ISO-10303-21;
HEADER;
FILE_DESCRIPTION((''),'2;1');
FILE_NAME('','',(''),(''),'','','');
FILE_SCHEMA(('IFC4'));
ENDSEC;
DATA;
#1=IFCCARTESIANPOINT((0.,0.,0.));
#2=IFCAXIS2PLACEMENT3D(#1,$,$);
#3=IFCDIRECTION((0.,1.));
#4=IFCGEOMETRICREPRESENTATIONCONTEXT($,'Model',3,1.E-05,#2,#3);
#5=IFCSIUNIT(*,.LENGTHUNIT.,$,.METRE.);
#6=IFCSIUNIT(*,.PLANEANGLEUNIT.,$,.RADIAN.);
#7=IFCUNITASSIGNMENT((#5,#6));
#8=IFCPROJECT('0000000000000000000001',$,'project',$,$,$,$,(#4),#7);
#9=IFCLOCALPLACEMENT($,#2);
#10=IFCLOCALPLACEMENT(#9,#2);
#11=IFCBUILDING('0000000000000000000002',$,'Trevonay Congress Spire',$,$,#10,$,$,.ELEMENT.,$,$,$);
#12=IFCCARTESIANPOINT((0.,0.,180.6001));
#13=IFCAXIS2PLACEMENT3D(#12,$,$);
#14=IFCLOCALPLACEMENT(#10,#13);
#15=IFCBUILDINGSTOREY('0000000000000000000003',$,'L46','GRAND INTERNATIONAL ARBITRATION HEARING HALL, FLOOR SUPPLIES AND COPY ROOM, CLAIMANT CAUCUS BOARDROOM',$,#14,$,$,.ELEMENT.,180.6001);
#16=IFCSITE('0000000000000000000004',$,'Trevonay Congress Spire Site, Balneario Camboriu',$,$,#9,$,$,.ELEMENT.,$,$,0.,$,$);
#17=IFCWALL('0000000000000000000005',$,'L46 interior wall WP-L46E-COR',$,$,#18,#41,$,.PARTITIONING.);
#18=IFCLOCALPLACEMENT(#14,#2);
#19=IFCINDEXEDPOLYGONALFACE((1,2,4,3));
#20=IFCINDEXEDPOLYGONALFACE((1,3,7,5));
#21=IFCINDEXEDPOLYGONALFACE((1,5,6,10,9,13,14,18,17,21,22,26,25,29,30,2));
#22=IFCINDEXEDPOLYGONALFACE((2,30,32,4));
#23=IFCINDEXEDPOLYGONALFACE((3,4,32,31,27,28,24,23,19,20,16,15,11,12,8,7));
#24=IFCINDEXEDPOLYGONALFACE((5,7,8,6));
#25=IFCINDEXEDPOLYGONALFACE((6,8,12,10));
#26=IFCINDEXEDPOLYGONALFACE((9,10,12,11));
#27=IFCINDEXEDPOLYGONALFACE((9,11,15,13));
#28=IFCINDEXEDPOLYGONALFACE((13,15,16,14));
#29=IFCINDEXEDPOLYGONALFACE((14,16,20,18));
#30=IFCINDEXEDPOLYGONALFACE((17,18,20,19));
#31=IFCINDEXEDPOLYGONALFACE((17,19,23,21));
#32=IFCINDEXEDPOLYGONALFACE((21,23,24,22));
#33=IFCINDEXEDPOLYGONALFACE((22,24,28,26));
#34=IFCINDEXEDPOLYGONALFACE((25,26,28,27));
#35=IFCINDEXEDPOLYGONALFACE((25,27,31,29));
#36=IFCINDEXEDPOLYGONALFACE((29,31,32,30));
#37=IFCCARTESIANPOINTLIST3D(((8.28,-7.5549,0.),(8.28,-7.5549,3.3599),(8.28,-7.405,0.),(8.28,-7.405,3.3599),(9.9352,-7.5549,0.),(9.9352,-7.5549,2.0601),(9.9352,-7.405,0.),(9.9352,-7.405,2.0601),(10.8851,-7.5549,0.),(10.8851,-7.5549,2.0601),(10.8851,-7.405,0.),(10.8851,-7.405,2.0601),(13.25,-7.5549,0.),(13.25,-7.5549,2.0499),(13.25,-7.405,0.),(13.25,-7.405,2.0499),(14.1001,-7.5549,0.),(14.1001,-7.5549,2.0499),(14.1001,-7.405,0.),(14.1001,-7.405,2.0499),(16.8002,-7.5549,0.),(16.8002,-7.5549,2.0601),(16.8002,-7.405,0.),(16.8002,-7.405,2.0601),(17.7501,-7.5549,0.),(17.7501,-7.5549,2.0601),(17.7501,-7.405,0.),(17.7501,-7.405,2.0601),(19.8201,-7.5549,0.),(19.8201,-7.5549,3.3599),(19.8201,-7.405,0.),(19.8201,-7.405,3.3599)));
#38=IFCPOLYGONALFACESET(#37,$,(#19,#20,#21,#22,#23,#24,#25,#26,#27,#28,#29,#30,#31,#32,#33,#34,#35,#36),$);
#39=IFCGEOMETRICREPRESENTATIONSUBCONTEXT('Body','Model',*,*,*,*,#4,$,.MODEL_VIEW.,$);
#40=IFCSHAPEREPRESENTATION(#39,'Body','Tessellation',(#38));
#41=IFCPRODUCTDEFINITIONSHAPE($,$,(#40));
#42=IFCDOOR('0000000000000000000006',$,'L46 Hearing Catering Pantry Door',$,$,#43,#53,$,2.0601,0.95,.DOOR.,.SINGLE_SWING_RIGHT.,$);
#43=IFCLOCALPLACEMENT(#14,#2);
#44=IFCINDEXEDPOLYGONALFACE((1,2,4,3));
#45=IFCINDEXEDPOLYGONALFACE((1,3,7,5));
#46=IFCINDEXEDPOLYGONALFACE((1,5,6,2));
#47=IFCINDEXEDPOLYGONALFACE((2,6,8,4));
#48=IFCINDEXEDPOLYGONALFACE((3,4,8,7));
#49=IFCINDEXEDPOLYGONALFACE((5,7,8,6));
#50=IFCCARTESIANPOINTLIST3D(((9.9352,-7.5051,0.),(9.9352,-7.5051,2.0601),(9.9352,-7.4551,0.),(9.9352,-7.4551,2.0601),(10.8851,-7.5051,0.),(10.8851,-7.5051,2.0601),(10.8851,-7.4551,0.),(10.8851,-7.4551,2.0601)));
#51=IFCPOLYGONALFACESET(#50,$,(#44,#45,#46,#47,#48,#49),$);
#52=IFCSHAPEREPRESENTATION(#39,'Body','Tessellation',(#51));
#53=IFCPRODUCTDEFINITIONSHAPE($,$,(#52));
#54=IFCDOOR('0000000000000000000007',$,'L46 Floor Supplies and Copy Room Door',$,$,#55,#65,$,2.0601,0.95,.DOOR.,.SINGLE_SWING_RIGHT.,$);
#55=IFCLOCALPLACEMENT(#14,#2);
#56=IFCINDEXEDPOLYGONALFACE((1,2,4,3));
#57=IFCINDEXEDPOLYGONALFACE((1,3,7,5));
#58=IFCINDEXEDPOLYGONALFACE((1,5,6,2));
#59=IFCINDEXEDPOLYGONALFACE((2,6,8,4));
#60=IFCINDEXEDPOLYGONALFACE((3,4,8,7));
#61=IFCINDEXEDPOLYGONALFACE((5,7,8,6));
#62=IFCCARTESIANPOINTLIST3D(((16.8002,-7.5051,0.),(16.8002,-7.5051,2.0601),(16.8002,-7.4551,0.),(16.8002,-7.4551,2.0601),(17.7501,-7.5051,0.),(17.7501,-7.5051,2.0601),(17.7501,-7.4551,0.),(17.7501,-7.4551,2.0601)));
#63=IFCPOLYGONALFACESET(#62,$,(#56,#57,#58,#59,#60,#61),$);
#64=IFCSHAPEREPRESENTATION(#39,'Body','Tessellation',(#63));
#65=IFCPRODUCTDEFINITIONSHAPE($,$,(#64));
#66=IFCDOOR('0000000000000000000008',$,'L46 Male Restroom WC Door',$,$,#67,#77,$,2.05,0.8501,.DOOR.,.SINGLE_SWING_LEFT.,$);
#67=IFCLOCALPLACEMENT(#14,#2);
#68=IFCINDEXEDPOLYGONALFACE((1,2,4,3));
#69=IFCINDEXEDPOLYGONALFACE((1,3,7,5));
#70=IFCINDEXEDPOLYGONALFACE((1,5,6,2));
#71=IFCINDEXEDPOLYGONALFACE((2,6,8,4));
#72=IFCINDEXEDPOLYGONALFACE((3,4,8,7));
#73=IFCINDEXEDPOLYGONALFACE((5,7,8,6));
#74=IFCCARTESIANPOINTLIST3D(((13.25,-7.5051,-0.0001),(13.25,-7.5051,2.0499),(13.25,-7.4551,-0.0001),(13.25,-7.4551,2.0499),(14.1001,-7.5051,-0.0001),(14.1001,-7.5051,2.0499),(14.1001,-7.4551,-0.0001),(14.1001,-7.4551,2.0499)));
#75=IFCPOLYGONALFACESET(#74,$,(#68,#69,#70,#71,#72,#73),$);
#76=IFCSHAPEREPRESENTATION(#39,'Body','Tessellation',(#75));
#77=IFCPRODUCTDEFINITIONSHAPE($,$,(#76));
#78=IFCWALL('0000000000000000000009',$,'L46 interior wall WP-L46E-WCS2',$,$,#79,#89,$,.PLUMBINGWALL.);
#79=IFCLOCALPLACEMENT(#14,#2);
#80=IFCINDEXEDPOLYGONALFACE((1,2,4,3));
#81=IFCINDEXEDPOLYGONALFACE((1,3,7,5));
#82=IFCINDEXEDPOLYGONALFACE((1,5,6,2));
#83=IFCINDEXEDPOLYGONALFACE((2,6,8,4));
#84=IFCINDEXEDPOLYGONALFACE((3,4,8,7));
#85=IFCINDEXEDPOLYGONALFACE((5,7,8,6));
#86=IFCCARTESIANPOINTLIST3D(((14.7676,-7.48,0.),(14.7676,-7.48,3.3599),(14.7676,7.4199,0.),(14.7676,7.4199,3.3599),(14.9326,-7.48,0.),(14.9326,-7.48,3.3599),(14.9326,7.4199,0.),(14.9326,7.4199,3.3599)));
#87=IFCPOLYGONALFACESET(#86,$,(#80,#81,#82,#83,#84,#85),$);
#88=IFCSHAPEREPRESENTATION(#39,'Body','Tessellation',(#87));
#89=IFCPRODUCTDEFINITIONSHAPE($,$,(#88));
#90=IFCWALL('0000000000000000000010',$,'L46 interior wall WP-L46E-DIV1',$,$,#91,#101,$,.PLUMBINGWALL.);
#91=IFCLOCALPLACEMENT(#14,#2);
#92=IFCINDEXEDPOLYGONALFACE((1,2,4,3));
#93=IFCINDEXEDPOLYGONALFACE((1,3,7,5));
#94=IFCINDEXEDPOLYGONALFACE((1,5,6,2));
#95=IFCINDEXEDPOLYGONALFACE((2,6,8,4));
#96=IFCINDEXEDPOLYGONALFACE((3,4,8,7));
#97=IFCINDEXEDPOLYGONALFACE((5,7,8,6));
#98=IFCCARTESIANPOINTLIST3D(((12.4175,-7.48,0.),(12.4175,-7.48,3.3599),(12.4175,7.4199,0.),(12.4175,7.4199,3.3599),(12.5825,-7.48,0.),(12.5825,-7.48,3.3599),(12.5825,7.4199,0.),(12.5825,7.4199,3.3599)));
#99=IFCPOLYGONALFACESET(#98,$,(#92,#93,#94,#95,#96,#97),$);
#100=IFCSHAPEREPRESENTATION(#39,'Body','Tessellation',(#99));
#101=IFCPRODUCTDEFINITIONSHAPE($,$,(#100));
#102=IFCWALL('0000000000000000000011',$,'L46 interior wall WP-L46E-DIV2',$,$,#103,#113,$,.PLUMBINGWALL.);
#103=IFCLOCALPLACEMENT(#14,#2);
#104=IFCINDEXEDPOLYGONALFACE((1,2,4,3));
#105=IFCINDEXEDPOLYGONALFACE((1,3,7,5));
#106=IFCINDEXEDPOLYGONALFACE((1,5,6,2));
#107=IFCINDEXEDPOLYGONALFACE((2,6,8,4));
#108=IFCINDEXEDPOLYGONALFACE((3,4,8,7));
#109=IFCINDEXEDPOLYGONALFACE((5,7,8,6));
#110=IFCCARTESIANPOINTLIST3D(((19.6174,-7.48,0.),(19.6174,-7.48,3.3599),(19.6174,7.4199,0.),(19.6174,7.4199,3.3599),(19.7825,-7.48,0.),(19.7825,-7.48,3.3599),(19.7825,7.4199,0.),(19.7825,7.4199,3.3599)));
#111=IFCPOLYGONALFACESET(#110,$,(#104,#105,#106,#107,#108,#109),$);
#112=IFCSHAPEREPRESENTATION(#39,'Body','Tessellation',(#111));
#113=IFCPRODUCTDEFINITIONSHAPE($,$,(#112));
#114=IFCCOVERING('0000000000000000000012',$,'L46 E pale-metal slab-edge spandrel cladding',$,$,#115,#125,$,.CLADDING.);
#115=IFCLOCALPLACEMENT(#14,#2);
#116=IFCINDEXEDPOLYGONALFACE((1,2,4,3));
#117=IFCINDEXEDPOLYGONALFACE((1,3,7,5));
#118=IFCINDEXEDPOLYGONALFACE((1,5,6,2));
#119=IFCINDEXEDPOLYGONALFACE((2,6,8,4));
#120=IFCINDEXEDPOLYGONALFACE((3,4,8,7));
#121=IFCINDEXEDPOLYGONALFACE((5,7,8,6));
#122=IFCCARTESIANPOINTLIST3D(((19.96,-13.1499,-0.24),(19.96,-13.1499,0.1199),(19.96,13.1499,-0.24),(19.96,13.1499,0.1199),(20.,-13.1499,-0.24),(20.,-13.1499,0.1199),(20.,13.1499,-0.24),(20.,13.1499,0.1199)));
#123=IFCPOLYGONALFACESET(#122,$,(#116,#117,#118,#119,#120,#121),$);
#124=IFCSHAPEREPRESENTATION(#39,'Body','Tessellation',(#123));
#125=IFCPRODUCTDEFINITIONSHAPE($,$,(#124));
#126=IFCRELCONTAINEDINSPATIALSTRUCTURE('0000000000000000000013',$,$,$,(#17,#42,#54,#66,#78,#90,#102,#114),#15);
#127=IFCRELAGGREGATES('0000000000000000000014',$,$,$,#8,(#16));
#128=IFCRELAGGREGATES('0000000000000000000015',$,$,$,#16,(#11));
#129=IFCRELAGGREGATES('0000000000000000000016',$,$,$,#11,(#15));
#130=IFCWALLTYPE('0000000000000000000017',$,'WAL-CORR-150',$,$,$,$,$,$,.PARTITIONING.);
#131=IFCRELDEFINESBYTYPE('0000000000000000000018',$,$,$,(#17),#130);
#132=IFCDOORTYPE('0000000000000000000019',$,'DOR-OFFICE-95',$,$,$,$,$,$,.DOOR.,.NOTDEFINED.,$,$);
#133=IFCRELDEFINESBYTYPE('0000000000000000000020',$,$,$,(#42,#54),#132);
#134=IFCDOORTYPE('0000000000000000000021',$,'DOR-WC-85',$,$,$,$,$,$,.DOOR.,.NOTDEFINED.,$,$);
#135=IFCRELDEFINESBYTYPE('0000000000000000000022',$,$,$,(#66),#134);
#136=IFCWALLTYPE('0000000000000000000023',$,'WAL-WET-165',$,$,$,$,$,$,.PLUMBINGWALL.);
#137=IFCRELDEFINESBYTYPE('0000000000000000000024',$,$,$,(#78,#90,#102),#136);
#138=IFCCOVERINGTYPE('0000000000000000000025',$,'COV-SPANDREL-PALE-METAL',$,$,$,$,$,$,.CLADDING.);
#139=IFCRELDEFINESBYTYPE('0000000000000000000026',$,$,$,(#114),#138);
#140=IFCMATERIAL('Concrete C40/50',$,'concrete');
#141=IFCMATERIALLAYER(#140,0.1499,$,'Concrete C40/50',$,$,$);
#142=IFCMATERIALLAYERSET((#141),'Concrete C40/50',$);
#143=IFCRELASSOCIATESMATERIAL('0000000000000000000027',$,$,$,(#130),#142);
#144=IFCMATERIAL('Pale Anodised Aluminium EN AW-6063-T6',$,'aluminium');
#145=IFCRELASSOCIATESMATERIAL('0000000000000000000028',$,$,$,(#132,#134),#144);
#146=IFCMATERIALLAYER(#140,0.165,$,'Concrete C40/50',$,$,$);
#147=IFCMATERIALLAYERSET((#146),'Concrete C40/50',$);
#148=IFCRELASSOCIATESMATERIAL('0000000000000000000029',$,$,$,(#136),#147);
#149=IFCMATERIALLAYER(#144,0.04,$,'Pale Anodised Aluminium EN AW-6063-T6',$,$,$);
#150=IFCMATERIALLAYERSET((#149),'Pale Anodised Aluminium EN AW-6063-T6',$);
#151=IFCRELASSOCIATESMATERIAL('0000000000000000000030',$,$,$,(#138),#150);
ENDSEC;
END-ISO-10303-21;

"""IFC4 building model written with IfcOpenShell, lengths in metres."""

from ifc_helpers import new_model, si_unit, direction, frame, frame_2d, origin, place, context, subcontext, project, spatial, rectangle, extrude, material, layer, layer_set, type_object, element, fill, save


model = new_model("IFC4")

# Units and contexts
model_context = context("Model", 3, precision=1e-05, world=origin(), true_north=direction((0.0, 1.0)))
body_context = subcontext(model_context, "Body", "Model", "MODEL_VIEW")
ifc_project = project(units=[si_unit("LENGTHUNIT", "METRE"), si_unit("PLANEANGLEUNIT", "RADIAN")], contexts=[model_context])

# Site, building, storey
site_placement = place(None, origin())
site = spatial("IfcSite", under=ifc_project, at=site_placement, Name="Trevonay Congress Spire Site, Balneario Camboriu", CompositionType="ELEMENT", RefElevation=0.0)
building_placement = place(site_placement, origin())
building = spatial("IfcBuilding", under=site, at=building_placement, Name="Trevonay Congress Spire", CompositionType="ELEMENT")
storey_placement = place(building_placement, frame((0.0, 0.0, 180.6001)))
storey = spatial("IfcBuildingStorey", under=building, at=storey_placement, Name="L46", Description="GRAND INTERNATIONAL ARBITRATION HEARING HALL, FLOOR SUPPLIES AND COPY ROOM, CLAIMANT CAUCUS BOARDROOM", CompositionType="ELEMENT", Elevation=180.6001)

# Shared definitions
ifc_material_1 = material(Name="Pale Anodised Aluminium EN AW-6063-T6", Category="aluminium")

# Wall, openings, doors
ifc_material_2 = material(Name="Concrete C40/50", Category="concrete")
ifc_layer_1 = layer(ifc_material_2, 0.1499, Name="Concrete C40/50")
ifc_layer_set_1 = layer_set([ifc_layer_1], Name="Concrete C40/50")
wall_type_1 = type_object("IfcWallType", Name="WAL-CORR-150", PredefinedType="PARTITIONING", material=ifc_layer_set_1)
wall_placement = place(storey_placement, frame((8.28, -7.48, 0.0), z_axis=(0.0, 0.0, 1.0), x_axis=(1.0, 0.0, 0.0)))
wall = element("IfcWall", 1, at=wall_placement, inside=storey, type_object=wall_type_1, Name="L46 interior wall WP-L46E-COR", PredefinedType="PARTITIONING", context=body_context, shape_type="SweptSolid", body=[
    extrude(rectangle(XDim=11.54, YDim=0.1499, at=frame_2d((5.77, 0.0))), origin(), (0.0, 0.0, 1.0), 3.3599),
])
opening_1_placement = place(wall_placement, frame((1.655, 0.0, 0.0)))
opening_1 = element("IfcOpeningElement", 2, at=opening_1_placement, cuts=wall, PredefinedType="OPENING", context=body_context, shape_type="SweptSolid", body=[
    extrude(rectangle(XDim=0.95, YDim=2.0601, at=frame_2d((0.4751, 1.03))), frame((0.0, 0.085, 0.0), z_axis=(0.0, -1.0, 0.0), x_axis=(1.0, 0.0, 0.0)), (0.0, 0.0, 1.0), 0.1699),
])
opening_2_placement = place(wall_placement, frame((4.97, 0.0, 0.0)))
opening_2 = element("IfcOpeningElement", 3, at=opening_2_placement, cuts=wall, PredefinedType="OPENING", context=body_context, shape_type="SweptSolid", body=[
    extrude(rectangle(XDim=0.8501, YDim=2.05, at=frame_2d((0.425, 1.0249))), frame((0.0, 0.085, 0.0), z_axis=(0.0, -1.0, 0.0), x_axis=(1.0, 0.0, 0.0)), (0.0, 0.0, 1.0), 0.1699),
])
opening_3_placement = place(wall_placement, frame((8.52, 0.0, 0.0)))
opening_3 = element("IfcOpeningElement", 4, at=opening_3_placement, cuts=wall, PredefinedType="OPENING", context=body_context, shape_type="SweptSolid", body=[
    extrude(rectangle(XDim=0.95, YDim=2.0601, at=frame_2d((0.4751, 1.03))), frame((0.0, 0.085, 0.0), z_axis=(0.0, -1.0, 0.0), x_axis=(1.0, 0.0, 0.0)), (0.0, 0.0, 1.0), 0.1699),
])
door_type_1 = type_object("IfcDoorType", Name="DOR-OFFICE-95", OperationType="NOTDEFINED", PredefinedType="DOOR", material=ifc_material_1)
door_1_placement = place(opening_1_placement, origin())
door_1 = element("IfcDoor", 5, at=door_1_placement, inside=storey, type_object=door_type_1, Name="L46 Hearing Catering Pantry Door", OperationType="SINGLE_SWING_RIGHT", OverallHeight=2.0601, OverallWidth=0.95, PredefinedType="DOOR", context=body_context, shape_type="SweptSolid", body=[
    extrude(rectangle(XDim=0.95, YDim=2.0601, at=frame_2d((0.4751, 1.03))), frame((0.0, 0.0249, 0.0), z_axis=(0.0, -1.0, 0.0), x_axis=(1.0, 0.0, 0.0)), (0.0, 0.0, 1.0), 0.05),
])
fill(opening_1, door_1)
door_2_placement = place(opening_3_placement, origin())
door_2 = element("IfcDoor", 6, at=door_2_placement, inside=storey, type_object=door_type_1, Name="L46 Floor Supplies and Copy Room Door", OperationType="SINGLE_SWING_RIGHT", OverallHeight=2.0601, OverallWidth=0.95, PredefinedType="DOOR", context=body_context, shape_type="SweptSolid", body=[
    extrude(rectangle(XDim=0.95, YDim=2.0601, at=frame_2d((0.4751, 1.03))), frame((0.0, 0.0249, 0.0), z_axis=(0.0, -1.0, 0.0), x_axis=(1.0, 0.0, 0.0)), (0.0, 0.0, 1.0), 0.05),
])
fill(opening_3, door_2)
door_type_2 = type_object("IfcDoorType", Name="DOR-WC-85", OperationType="NOTDEFINED", PredefinedType="DOOR", material=ifc_material_1)
door_3_placement = place(opening_2_placement, origin())
door_3 = element("IfcDoor", 7, at=door_3_placement, inside=storey, type_object=door_type_2, Name="L46 Male Restroom WC Door", OperationType="SINGLE_SWING_LEFT", OverallHeight=2.05, OverallWidth=0.8501, PredefinedType="DOOR", context=body_context, shape_type="SweptSolid", body=[
    extrude(rectangle(XDim=0.8501, YDim=2.05, at=frame_2d((0.425, 1.0249))), frame((0.0, 0.0249, 0.0), z_axis=(0.0, -1.0, 0.0), x_axis=(1.0, 0.0, 0.0)), (0.0, 0.0, 1.0), 0.05),
])
fill(opening_2, door_3)

# Walls
ifc_layer_2 = layer(ifc_material_2, 0.165, Name="Concrete C40/50")
ifc_layer_set_2 = layer_set([ifc_layer_2], Name="Concrete C40/50")
wall_type_2 = type_object("IfcWallType", Name="WAL-WET-165", PredefinedType="PLUMBINGWALL", material=ifc_layer_set_2)
for number, where, z_axis, x_axis, name in (
    (8, (14.8501, -7.48, 0.0), (0.0, 0.0, 1.0), (0.0, 1.0, 0.0), "L46 interior wall WP-L46E-WCS2"),
    (9, (12.5, -7.48, 0.0), (0.0, 0.0, 1.0), (0.0, 1.0, 0.0), "L46 interior wall WP-L46E-DIV1"),
    (10, (19.7, -7.48, 0.0), (0.0, 0.0, 1.0), (0.0, 1.0, 0.0), "L46 interior wall WP-L46E-DIV2"),
):
    element("IfcWall", number, at=place(storey_placement, frame(where, z_axis=z_axis, x_axis=x_axis)), inside=storey, type_object=wall_type_2, Name=name, PredefinedType="PLUMBINGWALL", context=body_context, shape_type="SweptSolid", body=[
        extrude(rectangle(XDim=14.8999, YDim=0.165, at=frame_2d((7.45, 0.0))), origin(), (0.0, 0.0, 1.0), 3.3599),
    ])

# Covering
ifc_layer_3 = layer(ifc_material_1, 0.04, Name="Pale Anodised Aluminium EN AW-6063-T6")
ifc_layer_set_3 = layer_set([ifc_layer_3], Name="Pale Anodised Aluminium EN AW-6063-T6")
covering_type = type_object("IfcCoveringType", Name="COV-SPANDREL-PALE-METAL", PredefinedType="CLADDING", material=ifc_layer_set_3)
covering_placement = place(storey_placement, frame((19.98, -13.1499, -0.24), z_axis=(0.0, 0.0, 1.0), x_axis=(0.0, 1.0, 0.0)))
element("IfcCovering", 11, at=covering_placement, inside=storey, type_object=covering_type, Name="L46 E pale-metal slab-edge spandrel cladding", PredefinedType="CLADDING", context=body_context, shape_type="SweptSolid", body=[
    extrude(rectangle(XDim=26.2998, YDim=0.04, at=frame_2d((13.1499, 0.0))), origin(), (0.0, 0.0, 1.0), 0.3599),
])

save(model, "model.ifc")
